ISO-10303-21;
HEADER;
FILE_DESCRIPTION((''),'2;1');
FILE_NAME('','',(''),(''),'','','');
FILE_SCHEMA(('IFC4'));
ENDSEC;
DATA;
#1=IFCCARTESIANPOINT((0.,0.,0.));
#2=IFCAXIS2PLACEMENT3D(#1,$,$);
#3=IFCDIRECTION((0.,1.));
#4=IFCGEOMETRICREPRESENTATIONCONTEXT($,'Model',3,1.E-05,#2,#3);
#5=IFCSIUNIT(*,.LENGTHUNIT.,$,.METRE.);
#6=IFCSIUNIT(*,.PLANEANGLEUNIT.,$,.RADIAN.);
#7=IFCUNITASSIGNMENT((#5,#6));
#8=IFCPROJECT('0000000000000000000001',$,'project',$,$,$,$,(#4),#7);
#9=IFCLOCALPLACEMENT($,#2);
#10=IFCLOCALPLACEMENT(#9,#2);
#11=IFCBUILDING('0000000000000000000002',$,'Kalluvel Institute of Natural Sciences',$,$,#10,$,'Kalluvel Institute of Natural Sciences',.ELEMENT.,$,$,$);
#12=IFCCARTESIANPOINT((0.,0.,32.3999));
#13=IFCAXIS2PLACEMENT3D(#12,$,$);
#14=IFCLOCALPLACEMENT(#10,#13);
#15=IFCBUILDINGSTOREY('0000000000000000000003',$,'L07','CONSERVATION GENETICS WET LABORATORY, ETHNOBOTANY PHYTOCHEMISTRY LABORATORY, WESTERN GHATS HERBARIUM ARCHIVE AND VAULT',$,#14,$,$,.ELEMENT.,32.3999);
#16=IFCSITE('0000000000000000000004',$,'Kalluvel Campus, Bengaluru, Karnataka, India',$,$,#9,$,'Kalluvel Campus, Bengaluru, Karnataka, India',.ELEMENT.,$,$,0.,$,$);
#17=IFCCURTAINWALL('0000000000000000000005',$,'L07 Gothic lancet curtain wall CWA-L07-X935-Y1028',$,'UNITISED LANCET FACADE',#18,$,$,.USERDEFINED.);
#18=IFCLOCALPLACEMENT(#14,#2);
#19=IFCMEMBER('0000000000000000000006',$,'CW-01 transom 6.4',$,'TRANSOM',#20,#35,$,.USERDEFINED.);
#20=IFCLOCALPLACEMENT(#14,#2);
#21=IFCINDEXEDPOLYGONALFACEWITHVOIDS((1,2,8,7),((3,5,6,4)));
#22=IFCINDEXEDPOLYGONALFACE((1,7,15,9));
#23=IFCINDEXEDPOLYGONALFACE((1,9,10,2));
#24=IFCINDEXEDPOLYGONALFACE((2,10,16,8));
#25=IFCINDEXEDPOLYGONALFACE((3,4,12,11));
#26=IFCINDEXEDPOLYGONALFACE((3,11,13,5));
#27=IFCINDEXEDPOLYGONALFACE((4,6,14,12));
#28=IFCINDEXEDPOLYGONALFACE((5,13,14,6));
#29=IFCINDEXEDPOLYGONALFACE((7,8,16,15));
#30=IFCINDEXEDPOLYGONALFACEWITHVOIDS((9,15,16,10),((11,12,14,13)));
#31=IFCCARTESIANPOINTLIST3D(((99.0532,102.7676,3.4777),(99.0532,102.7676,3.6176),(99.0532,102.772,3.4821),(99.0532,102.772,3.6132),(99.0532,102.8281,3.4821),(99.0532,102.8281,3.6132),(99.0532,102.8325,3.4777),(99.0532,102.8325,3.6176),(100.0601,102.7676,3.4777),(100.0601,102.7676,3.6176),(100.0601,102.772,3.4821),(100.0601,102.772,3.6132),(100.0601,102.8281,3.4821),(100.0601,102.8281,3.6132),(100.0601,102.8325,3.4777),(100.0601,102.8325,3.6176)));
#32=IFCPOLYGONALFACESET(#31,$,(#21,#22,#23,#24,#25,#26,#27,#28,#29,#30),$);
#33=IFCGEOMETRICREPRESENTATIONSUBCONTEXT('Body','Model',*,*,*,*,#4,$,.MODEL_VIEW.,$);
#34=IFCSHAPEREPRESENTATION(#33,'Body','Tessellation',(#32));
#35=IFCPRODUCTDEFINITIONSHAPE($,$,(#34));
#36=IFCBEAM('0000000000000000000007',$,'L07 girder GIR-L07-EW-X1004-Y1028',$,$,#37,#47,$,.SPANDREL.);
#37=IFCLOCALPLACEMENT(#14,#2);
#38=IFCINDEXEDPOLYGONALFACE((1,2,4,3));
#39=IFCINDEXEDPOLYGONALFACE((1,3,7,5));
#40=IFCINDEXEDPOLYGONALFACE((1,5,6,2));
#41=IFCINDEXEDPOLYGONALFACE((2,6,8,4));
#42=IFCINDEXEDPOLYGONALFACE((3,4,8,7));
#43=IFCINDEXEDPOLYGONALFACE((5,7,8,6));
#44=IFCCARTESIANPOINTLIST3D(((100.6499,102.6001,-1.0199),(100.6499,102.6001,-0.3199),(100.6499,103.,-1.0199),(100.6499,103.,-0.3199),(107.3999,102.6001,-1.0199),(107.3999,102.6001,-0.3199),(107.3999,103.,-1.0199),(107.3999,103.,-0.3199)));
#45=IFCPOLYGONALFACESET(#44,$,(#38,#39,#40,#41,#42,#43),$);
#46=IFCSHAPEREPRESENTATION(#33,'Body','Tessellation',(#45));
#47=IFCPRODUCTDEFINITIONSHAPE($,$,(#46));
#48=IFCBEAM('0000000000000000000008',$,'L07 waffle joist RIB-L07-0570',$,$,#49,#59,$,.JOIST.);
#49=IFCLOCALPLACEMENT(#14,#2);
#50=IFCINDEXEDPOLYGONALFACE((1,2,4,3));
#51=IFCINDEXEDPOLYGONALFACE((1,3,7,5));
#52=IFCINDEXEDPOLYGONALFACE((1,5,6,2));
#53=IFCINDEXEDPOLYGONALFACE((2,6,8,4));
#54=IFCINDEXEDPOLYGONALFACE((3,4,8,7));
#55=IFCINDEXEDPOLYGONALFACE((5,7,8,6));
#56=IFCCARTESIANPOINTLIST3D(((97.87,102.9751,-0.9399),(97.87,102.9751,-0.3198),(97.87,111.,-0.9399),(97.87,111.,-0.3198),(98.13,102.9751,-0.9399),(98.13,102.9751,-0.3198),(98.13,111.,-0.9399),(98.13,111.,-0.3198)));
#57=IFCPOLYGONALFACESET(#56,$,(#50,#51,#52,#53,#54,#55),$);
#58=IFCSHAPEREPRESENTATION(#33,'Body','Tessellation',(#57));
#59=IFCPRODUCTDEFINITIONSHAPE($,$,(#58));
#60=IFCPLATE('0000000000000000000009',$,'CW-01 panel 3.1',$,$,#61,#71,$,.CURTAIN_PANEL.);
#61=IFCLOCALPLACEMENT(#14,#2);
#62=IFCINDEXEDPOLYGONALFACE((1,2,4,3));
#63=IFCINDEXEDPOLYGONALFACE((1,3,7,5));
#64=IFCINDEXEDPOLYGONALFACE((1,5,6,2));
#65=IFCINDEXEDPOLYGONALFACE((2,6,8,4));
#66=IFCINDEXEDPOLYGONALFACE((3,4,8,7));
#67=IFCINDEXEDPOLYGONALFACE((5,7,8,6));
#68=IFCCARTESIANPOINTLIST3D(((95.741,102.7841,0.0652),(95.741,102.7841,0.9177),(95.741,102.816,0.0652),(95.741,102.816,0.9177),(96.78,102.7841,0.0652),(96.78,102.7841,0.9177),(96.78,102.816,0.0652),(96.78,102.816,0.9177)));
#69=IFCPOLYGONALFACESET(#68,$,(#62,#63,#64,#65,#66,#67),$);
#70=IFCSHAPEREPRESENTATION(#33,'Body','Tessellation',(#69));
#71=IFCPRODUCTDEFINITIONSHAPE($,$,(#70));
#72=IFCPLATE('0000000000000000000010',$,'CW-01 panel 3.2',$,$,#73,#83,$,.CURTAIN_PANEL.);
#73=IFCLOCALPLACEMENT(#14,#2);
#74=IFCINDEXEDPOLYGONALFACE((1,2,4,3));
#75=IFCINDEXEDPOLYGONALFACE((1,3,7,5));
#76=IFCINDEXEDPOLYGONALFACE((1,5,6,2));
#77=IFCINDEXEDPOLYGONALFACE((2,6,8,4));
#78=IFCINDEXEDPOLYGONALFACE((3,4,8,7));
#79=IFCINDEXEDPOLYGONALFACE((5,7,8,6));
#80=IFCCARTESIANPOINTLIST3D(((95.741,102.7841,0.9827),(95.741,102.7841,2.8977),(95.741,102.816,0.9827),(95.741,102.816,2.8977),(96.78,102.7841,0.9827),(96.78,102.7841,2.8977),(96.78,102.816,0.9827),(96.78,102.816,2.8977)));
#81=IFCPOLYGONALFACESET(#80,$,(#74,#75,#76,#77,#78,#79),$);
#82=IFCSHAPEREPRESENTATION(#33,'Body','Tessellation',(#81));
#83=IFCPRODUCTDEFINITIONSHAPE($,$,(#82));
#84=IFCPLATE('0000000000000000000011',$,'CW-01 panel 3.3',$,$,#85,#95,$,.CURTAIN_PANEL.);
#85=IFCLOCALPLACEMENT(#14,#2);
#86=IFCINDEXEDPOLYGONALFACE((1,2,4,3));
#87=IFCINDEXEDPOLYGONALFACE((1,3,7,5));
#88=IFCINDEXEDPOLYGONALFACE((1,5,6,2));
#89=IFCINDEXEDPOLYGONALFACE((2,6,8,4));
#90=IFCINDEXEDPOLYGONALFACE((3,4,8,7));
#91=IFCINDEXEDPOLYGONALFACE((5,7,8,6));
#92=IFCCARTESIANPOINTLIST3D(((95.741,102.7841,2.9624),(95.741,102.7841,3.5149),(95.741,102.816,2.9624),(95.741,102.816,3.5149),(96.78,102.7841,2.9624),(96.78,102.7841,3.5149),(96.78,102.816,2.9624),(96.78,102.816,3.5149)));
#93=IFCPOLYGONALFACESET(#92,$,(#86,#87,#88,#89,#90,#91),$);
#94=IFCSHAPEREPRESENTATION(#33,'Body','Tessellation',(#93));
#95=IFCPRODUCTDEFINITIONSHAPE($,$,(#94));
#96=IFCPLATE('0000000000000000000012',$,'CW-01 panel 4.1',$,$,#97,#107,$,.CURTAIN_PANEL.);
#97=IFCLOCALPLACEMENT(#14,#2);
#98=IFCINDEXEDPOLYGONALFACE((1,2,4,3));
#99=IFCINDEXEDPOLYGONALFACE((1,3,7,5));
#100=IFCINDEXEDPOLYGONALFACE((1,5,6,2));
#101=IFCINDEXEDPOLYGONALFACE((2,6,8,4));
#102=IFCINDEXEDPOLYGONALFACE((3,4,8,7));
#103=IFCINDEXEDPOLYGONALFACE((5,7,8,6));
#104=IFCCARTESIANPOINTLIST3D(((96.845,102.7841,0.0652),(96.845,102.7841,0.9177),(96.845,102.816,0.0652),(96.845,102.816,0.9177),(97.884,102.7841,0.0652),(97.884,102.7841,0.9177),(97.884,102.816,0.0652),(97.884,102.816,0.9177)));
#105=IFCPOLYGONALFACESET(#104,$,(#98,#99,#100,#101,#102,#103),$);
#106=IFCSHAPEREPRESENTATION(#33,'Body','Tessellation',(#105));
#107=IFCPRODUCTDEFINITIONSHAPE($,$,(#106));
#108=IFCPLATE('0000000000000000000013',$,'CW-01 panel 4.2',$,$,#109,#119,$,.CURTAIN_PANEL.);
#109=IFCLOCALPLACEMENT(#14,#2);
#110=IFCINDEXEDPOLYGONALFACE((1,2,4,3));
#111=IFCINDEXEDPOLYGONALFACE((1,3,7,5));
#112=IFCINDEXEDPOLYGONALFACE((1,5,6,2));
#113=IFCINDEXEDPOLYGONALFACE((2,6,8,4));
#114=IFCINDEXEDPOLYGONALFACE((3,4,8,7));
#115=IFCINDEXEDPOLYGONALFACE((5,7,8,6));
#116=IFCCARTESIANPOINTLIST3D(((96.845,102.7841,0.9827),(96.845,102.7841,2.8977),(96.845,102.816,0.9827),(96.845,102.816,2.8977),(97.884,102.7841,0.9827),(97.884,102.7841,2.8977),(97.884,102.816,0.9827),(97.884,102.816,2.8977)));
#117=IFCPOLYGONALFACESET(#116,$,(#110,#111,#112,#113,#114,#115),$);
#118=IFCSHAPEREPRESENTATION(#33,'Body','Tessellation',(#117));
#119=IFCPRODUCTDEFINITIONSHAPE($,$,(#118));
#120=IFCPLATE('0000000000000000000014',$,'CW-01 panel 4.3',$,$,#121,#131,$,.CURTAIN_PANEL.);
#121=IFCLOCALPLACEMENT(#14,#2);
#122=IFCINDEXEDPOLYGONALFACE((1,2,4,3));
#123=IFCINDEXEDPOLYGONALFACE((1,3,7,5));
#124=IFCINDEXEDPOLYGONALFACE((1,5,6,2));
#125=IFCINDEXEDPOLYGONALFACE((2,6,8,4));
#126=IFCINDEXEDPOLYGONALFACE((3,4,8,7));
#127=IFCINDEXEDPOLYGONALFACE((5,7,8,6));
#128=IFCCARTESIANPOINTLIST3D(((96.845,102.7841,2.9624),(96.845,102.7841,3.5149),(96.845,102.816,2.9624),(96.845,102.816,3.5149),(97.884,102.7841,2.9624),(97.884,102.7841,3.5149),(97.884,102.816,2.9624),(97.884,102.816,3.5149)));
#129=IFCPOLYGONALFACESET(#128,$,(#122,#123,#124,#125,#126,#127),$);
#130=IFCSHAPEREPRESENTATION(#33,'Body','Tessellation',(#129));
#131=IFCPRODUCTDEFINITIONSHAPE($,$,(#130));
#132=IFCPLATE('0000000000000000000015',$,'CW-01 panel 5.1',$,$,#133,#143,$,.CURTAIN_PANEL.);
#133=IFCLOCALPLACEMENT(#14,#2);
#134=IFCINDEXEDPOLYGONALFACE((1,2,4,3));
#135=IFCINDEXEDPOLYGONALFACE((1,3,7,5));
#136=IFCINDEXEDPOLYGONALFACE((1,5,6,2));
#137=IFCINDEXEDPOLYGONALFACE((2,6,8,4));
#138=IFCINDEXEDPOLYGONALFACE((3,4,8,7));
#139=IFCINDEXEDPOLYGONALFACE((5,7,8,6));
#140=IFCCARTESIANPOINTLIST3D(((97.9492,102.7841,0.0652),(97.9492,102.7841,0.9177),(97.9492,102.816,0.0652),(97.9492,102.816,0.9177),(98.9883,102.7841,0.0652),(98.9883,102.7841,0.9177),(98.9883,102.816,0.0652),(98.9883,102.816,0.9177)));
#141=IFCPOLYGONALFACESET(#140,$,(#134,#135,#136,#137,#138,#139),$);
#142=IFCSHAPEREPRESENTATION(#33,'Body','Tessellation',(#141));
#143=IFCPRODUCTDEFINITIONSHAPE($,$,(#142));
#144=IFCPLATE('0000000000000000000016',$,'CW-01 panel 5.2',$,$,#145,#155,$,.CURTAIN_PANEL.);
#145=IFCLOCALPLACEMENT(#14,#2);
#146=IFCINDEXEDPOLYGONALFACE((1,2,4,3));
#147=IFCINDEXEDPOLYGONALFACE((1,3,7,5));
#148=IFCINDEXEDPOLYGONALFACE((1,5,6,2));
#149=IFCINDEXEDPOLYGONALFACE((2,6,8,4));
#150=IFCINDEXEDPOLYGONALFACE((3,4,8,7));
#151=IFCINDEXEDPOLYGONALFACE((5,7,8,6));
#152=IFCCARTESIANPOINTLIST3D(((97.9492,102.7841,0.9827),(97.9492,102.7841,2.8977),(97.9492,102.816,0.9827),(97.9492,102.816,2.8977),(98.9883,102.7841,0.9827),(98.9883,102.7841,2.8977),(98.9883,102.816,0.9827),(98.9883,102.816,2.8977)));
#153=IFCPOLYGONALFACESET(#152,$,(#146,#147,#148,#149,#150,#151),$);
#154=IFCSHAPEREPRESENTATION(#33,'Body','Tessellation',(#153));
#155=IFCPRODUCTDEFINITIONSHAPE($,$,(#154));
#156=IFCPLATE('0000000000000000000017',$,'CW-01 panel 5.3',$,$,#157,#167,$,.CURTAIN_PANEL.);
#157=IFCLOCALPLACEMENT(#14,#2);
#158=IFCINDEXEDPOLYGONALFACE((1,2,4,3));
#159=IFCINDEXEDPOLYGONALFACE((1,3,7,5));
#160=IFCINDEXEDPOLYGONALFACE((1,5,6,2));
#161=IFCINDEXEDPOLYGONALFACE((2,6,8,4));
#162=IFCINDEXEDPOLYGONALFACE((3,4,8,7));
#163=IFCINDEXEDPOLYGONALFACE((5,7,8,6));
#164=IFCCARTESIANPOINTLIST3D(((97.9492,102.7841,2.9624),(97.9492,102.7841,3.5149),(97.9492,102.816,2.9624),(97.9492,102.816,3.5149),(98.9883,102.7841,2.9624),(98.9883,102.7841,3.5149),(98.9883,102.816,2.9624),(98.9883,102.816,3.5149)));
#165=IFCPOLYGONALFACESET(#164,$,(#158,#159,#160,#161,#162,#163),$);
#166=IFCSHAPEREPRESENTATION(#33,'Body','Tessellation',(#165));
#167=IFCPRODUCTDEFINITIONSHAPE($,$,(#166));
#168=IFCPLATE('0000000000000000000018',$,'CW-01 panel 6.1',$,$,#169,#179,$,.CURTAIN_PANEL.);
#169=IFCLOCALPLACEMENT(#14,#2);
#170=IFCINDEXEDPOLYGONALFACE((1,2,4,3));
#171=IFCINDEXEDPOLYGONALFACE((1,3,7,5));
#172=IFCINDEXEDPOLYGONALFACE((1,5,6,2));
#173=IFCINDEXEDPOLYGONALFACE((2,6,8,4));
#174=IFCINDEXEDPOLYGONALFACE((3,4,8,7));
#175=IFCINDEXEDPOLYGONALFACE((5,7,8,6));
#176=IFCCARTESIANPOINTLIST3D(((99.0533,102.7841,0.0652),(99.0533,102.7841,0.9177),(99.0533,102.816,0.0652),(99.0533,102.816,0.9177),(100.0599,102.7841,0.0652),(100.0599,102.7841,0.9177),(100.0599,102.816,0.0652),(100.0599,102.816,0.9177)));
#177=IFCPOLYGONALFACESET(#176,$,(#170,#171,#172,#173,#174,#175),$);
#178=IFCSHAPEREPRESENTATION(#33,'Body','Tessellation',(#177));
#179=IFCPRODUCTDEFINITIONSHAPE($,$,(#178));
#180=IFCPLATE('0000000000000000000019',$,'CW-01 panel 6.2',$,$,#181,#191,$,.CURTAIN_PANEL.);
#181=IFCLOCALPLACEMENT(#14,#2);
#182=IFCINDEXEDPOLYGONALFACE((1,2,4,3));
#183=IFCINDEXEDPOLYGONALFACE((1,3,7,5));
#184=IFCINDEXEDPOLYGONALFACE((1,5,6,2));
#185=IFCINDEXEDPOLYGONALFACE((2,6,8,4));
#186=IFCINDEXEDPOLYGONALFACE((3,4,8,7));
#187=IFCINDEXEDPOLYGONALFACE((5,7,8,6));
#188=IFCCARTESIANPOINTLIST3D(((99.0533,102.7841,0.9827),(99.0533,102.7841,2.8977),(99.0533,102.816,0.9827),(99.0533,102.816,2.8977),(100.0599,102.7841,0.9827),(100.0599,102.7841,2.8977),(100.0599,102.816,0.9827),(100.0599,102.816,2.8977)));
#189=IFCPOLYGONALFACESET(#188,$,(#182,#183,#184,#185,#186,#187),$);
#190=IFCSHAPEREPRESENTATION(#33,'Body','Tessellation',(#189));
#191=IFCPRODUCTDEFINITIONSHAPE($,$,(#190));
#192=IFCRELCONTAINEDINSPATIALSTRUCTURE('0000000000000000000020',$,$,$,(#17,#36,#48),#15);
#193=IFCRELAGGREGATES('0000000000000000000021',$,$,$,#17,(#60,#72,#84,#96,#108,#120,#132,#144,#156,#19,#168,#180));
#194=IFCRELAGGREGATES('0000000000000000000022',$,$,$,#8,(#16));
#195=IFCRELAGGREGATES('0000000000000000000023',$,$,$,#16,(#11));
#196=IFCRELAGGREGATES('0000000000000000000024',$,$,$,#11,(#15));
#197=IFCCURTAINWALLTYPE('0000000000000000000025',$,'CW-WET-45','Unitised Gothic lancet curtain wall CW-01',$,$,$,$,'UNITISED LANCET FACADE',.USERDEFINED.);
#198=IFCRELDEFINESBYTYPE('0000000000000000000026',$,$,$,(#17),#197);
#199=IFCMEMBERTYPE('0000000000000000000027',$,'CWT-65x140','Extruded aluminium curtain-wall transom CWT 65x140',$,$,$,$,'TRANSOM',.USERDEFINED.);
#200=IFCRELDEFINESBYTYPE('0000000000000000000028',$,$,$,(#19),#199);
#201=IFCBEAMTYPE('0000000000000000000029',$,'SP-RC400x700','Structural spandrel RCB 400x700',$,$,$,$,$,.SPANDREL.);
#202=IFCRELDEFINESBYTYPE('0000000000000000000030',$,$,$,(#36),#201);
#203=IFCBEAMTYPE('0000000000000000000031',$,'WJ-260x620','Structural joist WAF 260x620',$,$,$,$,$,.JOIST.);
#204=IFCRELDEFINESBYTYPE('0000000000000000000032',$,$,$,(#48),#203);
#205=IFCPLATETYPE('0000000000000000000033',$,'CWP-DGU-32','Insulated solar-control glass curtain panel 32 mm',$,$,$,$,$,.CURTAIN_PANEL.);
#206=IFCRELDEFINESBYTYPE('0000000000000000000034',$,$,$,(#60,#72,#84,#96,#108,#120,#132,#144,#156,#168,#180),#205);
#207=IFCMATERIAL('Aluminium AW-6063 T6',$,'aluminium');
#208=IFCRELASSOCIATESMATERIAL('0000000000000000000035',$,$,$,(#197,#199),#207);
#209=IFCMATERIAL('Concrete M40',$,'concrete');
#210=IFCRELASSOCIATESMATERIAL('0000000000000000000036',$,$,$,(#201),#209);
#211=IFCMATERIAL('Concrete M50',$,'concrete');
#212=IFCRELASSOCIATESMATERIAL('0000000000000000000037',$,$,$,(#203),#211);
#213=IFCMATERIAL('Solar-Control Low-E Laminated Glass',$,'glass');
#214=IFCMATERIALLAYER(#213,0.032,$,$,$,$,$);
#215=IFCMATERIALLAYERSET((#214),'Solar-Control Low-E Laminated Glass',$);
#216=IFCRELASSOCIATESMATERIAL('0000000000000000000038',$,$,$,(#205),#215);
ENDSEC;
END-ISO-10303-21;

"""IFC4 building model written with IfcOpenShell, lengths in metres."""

from ifc_helpers import new_model, si_unit, direction, frame, origin, origin_2d, place, context, subcontext, project, spatial, rectangle, hollow_rectangle, extrude, material, layer, layer_set, material_profile, profile_set, type_object, element, aggregate, save


model = new_model("IFC4")

# Units and contexts
model_context = context("Model", 3, precision=1e-05, world=origin(), true_north=direction((0.0, 1.0)))
body_context = subcontext(model_context, "Body", "Model", "MODEL_VIEW")
ifc_project = project(units=[si_unit("LENGTHUNIT", "METRE"), si_unit("PLANEANGLEUNIT", "RADIAN")], contexts=[model_context])

# Site, building, storey
site_placement = place(None, origin())
site = spatial("IfcSite", under=ifc_project, at=site_placement, Name="Kalluvel Campus, Bengaluru, Karnataka, India", LongName="Kalluvel Campus, Bengaluru, Karnataka, India", CompositionType="ELEMENT", RefElevation=0.0)
building_placement = place(site_placement, origin())
building = spatial("IfcBuilding", under=site, at=building_placement, Name="Kalluvel Institute of Natural Sciences", LongName="Kalluvel Institute of Natural Sciences", CompositionType="ELEMENT")
storey_placement = place(building_placement, frame((0.0, 0.0, 32.3999)))
storey = spatial("IfcBuildingStorey", under=building, at=storey_placement, Name="L07", Description="CONSERVATION GENETICS WET LABORATORY, ETHNOBOTANY PHYTOCHEMISTRY LABORATORY, WESTERN GHATS HERBARIUM ARCHIVE AND VAULT", CompositionType="ELEMENT", Elevation=32.3999)

# Shared definitions
ifc_material_1 = material(Name="Concrete M40", Category="concrete")

# Shared definitions
ifc_material_2 = material(Name="Concrete M50", Category="concrete")

# Curtain wall, member
ifc_material_3 = material(Name="Aluminium AW-6063 T6", Category="aluminium")
curtain_wall_type = type_object("IfcCurtainWallType", Name="CW-WET-45", Description="Unitised Gothic lancet curtain wall CW-01", ElementType="UNITISED LANCET FACADE", PredefinedType="USERDEFINED", material=ifc_material_3)
curtain_wall_placement = place(storey_placement, origin())
curtain_wall = element("IfcCurtainWall", 1, at=curtain_wall_placement, inside=storey, type_object=curtain_wall_type, Name="L07 Gothic lancet curtain wall CWA-L07-X935-Y1028", ObjectType="UNITISED LANCET FACADE", PredefinedType="USERDEFINED")
ifc_material_profile_1 = material_profile(ifc_material_3, hollow_rectangle(XDim=0.0649, YDim=0.1399, WallThickness=0.0044, at=origin_2d()), Name="CWT 65x140")
ifc_profile_set_1 = profile_set([ifc_material_profile_1], Name="Aluminium AW-6063 T6")
member_type_1 = type_object("IfcMemberType", Name="CWT-65x140", Description="Extruded aluminium curtain-wall transom CWT 65x140", ElementType="TRANSOM", PredefinedType="USERDEFINED", material=ifc_profile_set_1)
member_1_placement = place(storey_placement, frame((99.0532, 102.8, 3.5476), z_axis=(1.0, 0.0, 0.0), x_axis=(0.0, 1.0, 0.0)))
member_1 = element("IfcMember", 2, at=member_1_placement, type_object=member_type_1, Name="CW-01 transom 6.4", ObjectType="TRANSOM", PredefinedType="USERDEFINED", context=body_context, shape_type="SweptSolid", body=[
    extrude(hollow_rectangle(XDim=0.0649, YDim=0.1399, WallThickness=0.0044, at=origin_2d()), origin(), (0.0, 0.0, 1.0), 1.0068),
])

# Beams
ifc_material_profile_2 = material_profile(ifc_material_1, rectangle(XDim=0.3999, YDim=0.7, at=origin_2d()), Name="RCB 400x700")
ifc_profile_set_2 = profile_set([ifc_material_profile_2], Name="Concrete M40")
beam_type_1 = type_object("IfcBeamType", Name="SP-RC400x700", Description="Structural spandrel RCB 400x700", PredefinedType="SPANDREL", material=ifc_profile_set_2)
beam_1_placement = place(storey_placement, frame((100.6499, 102.8, -0.6699), z_axis=(1.0, 0.0, 0.0), x_axis=(0.0, 1.0, 0.0)))
element("IfcBeam", 3, at=beam_1_placement, inside=storey, type_object=beam_type_1, Name="L07 girder GIR-L07-EW-X1004-Y1028", PredefinedType="SPANDREL", context=body_context, shape_type="SweptSolid", body=[
    extrude(rectangle(XDim=0.3999, YDim=0.7, at=origin_2d()), origin(), (0.0, 0.0, 1.0), 6.75),
])
ifc_material_profile_3 = material_profile(ifc_material_2, rectangle(XDim=0.26, YDim=0.6201, at=origin_2d()), Name="WAF 260x620")
ifc_profile_set_3 = profile_set([ifc_material_profile_3], Name="Concrete M50")
beam_type_2 = type_object("IfcBeamType", Name="WJ-260x620", Description="Structural joist WAF 260x620", PredefinedType="JOIST", material=ifc_profile_set_3)
beam_2_placement = place(storey_placement, frame((98.0, 102.9751, -0.6299), z_axis=(0.0, 1.0, 0.0), x_axis=(-1.0, 0.0, 0.0)))
element("IfcBeam", 4, at=beam_2_placement, inside=storey, type_object=beam_type_2, Name="L07 waffle joist RIB-L07-0570", PredefinedType="JOIST", context=body_context, shape_type="SweptSolid", body=[
    extrude(rectangle(XDim=0.26, YDim=0.6201, at=origin_2d()), origin(), (0.0, 0.0, 1.0), 8.0249),
])

# Plates
ifc_material_4 = material(Name="Solar-Control Low-E Laminated Glass", Category="glass")
ifc_layer = layer(ifc_material_4, 0.032)
ifc_layer_set = layer_set([ifc_layer], Name="Solar-Control Low-E Laminated Glass")
plate_type = type_object("IfcPlateType", Name="CWP-DGU-32", Description="Insulated solar-control glass curtain panel 32 mm", PredefinedType="CURTAIN_PANEL", material=ifc_layer_set)
plate_1_placement = place(storey_placement, frame((96.2605, 102.8, 0.0652), z_axis=(0.0, 0.0, 1.0), x_axis=(1.0, 0.0, 0.0)))
plate_1 = element("IfcPlate", 5, at=plate_1_placement, type_object=plate_type, Name="CW-01 panel 3.1", PredefinedType="CURTAIN_PANEL", context=body_context, shape_type="SweptSolid", body=[
    extrude(rectangle(XDim=1.0391, YDim=0.032, at=origin_2d()), origin(), (0.0, 0.0, 1.0), 0.8525),
])
plate_2_placement = place(storey_placement, frame((96.2605, 102.8, 0.9827), z_axis=(0.0, 0.0, 1.0), x_axis=(1.0, 0.0, 0.0)))
plate_2 = element("IfcPlate", 6, at=plate_2_placement, type_object=plate_type, Name="CW-01 panel 3.2", PredefinedType="CURTAIN_PANEL", context=body_context, shape_type="SweptSolid", body=[
    extrude(rectangle(XDim=1.0391, YDim=0.032, at=origin_2d()), origin(), (0.0, 0.0, 1.0), 1.915),
])
plate_3_placement = place(storey_placement, frame((96.2605, 102.8, 2.9624), z_axis=(0.0, 0.0, 1.0), x_axis=(1.0, 0.0, 0.0)))
plate_3 = element("IfcPlate", 7, at=plate_3_placement, type_object=plate_type, Name="CW-01 panel 3.3", PredefinedType="CURTAIN_PANEL", context=body_context, shape_type="SweptSolid", body=[
    extrude(rectangle(XDim=1.0391, YDim=0.032, at=origin_2d()), origin(), (0.0, 0.0, 1.0), 0.5525),
])
plate_4_placement = place(storey_placement, frame((97.3645, 102.8, 0.0652), z_axis=(0.0, 0.0, 1.0), x_axis=(1.0, 0.0, 0.0)))
plate_4 = element("IfcPlate", 8, at=plate_4_placement, type_object=plate_type, Name="CW-01 panel 4.1", PredefinedType="CURTAIN_PANEL", context=body_context, shape_type="SweptSolid", body=[
    extrude(rectangle(XDim=1.0391, YDim=0.032, at=origin_2d()), origin(), (0.0, 0.0, 1.0), 0.8525),
])
plate_5_placement = place(storey_placement, frame((97.3645, 102.8, 0.9827), z_axis=(0.0, 0.0, 1.0), x_axis=(1.0, 0.0, 0.0)))
plate_5 = element("IfcPlate", 9, at=plate_5_placement, type_object=plate_type, Name="CW-01 panel 4.2", PredefinedType="CURTAIN_PANEL", context=body_context, shape_type="SweptSolid", body=[
    extrude(rectangle(XDim=1.0391, YDim=0.032, at=origin_2d()), origin(), (0.0, 0.0, 1.0), 1.915),
])
plate_6_placement = place(storey_placement, frame((97.3645, 102.8, 2.9624), z_axis=(0.0, 0.0, 1.0), x_axis=(1.0, 0.0, 0.0)))
plate_6 = element("IfcPlate", 10, at=plate_6_placement, type_object=plate_type, Name="CW-01 panel 4.3", PredefinedType="CURTAIN_PANEL", context=body_context, shape_type="SweptSolid", body=[
    extrude(rectangle(XDim=1.0391, YDim=0.032, at=origin_2d()), origin(), (0.0, 0.0, 1.0), 0.5525),
])
plate_7_placement = place(storey_placement, frame((98.4688, 102.8, 0.0652), z_axis=(0.0, 0.0, 1.0), x_axis=(1.0, 0.0, 0.0)))
plate_7 = element("IfcPlate", 11, at=plate_7_placement, type_object=plate_type, Name="CW-01 panel 5.1", PredefinedType="CURTAIN_PANEL", context=body_context, shape_type="SweptSolid", body=[
    extrude(rectangle(XDim=1.0391, YDim=0.032, at=origin_2d()), origin(), (0.0, 0.0, 1.0), 0.8525),
])
plate_8_placement = place(storey_placement, frame((98.4688, 102.8, 0.9827), z_axis=(0.0, 0.0, 1.0), x_axis=(1.0, 0.0, 0.0)))
plate_8 = element("IfcPlate", 12, at=plate_8_placement, type_object=plate_type, Name="CW-01 panel 5.2", PredefinedType="CURTAIN_PANEL", context=body_context, shape_type="SweptSolid", body=[
    extrude(rectangle(XDim=1.0391, YDim=0.032, at=origin_2d()), origin(), (0.0, 0.0, 1.0), 1.915),
])
plate_9_placement = place(storey_placement, frame((98.4688, 102.8, 2.9624), z_axis=(0.0, 0.0, 1.0), x_axis=(1.0, 0.0, 0.0)))
plate_9 = element("IfcPlate", 13, at=plate_9_placement, type_object=plate_type, Name="CW-01 panel 5.3", PredefinedType="CURTAIN_PANEL", context=body_context, shape_type="SweptSolid", body=[
    extrude(rectangle(XDim=1.0391, YDim=0.032, at=origin_2d()), origin(), (0.0, 0.0, 1.0), 0.5525),
])
plate_10_placement = place(storey_placement, frame((99.5566, 102.8, 0.0652), z_axis=(0.0, 0.0, 1.0), x_axis=(1.0, 0.0, 0.0)))
plate_10 = element("IfcPlate", 14, at=plate_10_placement, type_object=plate_type, Name="CW-01 panel 6.1", PredefinedType="CURTAIN_PANEL", context=body_context, shape_type="SweptSolid", body=[
    extrude(rectangle(XDim=1.0066, YDim=0.032, at=origin_2d()), origin(), (0.0, 0.0, 1.0), 0.8525),
])
plate_11_placement = place(storey_placement, frame((99.5566, 102.8, 0.9827), z_axis=(0.0, 0.0, 1.0), x_axis=(1.0, 0.0, 0.0)))
plate_11 = element("IfcPlate", 15, at=plate_11_placement, type_object=plate_type, Name="CW-01 panel 6.2", PredefinedType="CURTAIN_PANEL", context=body_context, shape_type="SweptSolid", body=[
    extrude(rectangle(XDim=1.0066, YDim=0.032, at=origin_2d()), origin(), (0.0, 0.0, 1.0), 1.915),
])
aggregate(curtain_wall, [plate_1, plate_2, plate_3, plate_4, plate_5, plate_6, plate_7, plate_8, plate_9, member_1, plate_10, plate_11])

save(model, "model.ifc")
